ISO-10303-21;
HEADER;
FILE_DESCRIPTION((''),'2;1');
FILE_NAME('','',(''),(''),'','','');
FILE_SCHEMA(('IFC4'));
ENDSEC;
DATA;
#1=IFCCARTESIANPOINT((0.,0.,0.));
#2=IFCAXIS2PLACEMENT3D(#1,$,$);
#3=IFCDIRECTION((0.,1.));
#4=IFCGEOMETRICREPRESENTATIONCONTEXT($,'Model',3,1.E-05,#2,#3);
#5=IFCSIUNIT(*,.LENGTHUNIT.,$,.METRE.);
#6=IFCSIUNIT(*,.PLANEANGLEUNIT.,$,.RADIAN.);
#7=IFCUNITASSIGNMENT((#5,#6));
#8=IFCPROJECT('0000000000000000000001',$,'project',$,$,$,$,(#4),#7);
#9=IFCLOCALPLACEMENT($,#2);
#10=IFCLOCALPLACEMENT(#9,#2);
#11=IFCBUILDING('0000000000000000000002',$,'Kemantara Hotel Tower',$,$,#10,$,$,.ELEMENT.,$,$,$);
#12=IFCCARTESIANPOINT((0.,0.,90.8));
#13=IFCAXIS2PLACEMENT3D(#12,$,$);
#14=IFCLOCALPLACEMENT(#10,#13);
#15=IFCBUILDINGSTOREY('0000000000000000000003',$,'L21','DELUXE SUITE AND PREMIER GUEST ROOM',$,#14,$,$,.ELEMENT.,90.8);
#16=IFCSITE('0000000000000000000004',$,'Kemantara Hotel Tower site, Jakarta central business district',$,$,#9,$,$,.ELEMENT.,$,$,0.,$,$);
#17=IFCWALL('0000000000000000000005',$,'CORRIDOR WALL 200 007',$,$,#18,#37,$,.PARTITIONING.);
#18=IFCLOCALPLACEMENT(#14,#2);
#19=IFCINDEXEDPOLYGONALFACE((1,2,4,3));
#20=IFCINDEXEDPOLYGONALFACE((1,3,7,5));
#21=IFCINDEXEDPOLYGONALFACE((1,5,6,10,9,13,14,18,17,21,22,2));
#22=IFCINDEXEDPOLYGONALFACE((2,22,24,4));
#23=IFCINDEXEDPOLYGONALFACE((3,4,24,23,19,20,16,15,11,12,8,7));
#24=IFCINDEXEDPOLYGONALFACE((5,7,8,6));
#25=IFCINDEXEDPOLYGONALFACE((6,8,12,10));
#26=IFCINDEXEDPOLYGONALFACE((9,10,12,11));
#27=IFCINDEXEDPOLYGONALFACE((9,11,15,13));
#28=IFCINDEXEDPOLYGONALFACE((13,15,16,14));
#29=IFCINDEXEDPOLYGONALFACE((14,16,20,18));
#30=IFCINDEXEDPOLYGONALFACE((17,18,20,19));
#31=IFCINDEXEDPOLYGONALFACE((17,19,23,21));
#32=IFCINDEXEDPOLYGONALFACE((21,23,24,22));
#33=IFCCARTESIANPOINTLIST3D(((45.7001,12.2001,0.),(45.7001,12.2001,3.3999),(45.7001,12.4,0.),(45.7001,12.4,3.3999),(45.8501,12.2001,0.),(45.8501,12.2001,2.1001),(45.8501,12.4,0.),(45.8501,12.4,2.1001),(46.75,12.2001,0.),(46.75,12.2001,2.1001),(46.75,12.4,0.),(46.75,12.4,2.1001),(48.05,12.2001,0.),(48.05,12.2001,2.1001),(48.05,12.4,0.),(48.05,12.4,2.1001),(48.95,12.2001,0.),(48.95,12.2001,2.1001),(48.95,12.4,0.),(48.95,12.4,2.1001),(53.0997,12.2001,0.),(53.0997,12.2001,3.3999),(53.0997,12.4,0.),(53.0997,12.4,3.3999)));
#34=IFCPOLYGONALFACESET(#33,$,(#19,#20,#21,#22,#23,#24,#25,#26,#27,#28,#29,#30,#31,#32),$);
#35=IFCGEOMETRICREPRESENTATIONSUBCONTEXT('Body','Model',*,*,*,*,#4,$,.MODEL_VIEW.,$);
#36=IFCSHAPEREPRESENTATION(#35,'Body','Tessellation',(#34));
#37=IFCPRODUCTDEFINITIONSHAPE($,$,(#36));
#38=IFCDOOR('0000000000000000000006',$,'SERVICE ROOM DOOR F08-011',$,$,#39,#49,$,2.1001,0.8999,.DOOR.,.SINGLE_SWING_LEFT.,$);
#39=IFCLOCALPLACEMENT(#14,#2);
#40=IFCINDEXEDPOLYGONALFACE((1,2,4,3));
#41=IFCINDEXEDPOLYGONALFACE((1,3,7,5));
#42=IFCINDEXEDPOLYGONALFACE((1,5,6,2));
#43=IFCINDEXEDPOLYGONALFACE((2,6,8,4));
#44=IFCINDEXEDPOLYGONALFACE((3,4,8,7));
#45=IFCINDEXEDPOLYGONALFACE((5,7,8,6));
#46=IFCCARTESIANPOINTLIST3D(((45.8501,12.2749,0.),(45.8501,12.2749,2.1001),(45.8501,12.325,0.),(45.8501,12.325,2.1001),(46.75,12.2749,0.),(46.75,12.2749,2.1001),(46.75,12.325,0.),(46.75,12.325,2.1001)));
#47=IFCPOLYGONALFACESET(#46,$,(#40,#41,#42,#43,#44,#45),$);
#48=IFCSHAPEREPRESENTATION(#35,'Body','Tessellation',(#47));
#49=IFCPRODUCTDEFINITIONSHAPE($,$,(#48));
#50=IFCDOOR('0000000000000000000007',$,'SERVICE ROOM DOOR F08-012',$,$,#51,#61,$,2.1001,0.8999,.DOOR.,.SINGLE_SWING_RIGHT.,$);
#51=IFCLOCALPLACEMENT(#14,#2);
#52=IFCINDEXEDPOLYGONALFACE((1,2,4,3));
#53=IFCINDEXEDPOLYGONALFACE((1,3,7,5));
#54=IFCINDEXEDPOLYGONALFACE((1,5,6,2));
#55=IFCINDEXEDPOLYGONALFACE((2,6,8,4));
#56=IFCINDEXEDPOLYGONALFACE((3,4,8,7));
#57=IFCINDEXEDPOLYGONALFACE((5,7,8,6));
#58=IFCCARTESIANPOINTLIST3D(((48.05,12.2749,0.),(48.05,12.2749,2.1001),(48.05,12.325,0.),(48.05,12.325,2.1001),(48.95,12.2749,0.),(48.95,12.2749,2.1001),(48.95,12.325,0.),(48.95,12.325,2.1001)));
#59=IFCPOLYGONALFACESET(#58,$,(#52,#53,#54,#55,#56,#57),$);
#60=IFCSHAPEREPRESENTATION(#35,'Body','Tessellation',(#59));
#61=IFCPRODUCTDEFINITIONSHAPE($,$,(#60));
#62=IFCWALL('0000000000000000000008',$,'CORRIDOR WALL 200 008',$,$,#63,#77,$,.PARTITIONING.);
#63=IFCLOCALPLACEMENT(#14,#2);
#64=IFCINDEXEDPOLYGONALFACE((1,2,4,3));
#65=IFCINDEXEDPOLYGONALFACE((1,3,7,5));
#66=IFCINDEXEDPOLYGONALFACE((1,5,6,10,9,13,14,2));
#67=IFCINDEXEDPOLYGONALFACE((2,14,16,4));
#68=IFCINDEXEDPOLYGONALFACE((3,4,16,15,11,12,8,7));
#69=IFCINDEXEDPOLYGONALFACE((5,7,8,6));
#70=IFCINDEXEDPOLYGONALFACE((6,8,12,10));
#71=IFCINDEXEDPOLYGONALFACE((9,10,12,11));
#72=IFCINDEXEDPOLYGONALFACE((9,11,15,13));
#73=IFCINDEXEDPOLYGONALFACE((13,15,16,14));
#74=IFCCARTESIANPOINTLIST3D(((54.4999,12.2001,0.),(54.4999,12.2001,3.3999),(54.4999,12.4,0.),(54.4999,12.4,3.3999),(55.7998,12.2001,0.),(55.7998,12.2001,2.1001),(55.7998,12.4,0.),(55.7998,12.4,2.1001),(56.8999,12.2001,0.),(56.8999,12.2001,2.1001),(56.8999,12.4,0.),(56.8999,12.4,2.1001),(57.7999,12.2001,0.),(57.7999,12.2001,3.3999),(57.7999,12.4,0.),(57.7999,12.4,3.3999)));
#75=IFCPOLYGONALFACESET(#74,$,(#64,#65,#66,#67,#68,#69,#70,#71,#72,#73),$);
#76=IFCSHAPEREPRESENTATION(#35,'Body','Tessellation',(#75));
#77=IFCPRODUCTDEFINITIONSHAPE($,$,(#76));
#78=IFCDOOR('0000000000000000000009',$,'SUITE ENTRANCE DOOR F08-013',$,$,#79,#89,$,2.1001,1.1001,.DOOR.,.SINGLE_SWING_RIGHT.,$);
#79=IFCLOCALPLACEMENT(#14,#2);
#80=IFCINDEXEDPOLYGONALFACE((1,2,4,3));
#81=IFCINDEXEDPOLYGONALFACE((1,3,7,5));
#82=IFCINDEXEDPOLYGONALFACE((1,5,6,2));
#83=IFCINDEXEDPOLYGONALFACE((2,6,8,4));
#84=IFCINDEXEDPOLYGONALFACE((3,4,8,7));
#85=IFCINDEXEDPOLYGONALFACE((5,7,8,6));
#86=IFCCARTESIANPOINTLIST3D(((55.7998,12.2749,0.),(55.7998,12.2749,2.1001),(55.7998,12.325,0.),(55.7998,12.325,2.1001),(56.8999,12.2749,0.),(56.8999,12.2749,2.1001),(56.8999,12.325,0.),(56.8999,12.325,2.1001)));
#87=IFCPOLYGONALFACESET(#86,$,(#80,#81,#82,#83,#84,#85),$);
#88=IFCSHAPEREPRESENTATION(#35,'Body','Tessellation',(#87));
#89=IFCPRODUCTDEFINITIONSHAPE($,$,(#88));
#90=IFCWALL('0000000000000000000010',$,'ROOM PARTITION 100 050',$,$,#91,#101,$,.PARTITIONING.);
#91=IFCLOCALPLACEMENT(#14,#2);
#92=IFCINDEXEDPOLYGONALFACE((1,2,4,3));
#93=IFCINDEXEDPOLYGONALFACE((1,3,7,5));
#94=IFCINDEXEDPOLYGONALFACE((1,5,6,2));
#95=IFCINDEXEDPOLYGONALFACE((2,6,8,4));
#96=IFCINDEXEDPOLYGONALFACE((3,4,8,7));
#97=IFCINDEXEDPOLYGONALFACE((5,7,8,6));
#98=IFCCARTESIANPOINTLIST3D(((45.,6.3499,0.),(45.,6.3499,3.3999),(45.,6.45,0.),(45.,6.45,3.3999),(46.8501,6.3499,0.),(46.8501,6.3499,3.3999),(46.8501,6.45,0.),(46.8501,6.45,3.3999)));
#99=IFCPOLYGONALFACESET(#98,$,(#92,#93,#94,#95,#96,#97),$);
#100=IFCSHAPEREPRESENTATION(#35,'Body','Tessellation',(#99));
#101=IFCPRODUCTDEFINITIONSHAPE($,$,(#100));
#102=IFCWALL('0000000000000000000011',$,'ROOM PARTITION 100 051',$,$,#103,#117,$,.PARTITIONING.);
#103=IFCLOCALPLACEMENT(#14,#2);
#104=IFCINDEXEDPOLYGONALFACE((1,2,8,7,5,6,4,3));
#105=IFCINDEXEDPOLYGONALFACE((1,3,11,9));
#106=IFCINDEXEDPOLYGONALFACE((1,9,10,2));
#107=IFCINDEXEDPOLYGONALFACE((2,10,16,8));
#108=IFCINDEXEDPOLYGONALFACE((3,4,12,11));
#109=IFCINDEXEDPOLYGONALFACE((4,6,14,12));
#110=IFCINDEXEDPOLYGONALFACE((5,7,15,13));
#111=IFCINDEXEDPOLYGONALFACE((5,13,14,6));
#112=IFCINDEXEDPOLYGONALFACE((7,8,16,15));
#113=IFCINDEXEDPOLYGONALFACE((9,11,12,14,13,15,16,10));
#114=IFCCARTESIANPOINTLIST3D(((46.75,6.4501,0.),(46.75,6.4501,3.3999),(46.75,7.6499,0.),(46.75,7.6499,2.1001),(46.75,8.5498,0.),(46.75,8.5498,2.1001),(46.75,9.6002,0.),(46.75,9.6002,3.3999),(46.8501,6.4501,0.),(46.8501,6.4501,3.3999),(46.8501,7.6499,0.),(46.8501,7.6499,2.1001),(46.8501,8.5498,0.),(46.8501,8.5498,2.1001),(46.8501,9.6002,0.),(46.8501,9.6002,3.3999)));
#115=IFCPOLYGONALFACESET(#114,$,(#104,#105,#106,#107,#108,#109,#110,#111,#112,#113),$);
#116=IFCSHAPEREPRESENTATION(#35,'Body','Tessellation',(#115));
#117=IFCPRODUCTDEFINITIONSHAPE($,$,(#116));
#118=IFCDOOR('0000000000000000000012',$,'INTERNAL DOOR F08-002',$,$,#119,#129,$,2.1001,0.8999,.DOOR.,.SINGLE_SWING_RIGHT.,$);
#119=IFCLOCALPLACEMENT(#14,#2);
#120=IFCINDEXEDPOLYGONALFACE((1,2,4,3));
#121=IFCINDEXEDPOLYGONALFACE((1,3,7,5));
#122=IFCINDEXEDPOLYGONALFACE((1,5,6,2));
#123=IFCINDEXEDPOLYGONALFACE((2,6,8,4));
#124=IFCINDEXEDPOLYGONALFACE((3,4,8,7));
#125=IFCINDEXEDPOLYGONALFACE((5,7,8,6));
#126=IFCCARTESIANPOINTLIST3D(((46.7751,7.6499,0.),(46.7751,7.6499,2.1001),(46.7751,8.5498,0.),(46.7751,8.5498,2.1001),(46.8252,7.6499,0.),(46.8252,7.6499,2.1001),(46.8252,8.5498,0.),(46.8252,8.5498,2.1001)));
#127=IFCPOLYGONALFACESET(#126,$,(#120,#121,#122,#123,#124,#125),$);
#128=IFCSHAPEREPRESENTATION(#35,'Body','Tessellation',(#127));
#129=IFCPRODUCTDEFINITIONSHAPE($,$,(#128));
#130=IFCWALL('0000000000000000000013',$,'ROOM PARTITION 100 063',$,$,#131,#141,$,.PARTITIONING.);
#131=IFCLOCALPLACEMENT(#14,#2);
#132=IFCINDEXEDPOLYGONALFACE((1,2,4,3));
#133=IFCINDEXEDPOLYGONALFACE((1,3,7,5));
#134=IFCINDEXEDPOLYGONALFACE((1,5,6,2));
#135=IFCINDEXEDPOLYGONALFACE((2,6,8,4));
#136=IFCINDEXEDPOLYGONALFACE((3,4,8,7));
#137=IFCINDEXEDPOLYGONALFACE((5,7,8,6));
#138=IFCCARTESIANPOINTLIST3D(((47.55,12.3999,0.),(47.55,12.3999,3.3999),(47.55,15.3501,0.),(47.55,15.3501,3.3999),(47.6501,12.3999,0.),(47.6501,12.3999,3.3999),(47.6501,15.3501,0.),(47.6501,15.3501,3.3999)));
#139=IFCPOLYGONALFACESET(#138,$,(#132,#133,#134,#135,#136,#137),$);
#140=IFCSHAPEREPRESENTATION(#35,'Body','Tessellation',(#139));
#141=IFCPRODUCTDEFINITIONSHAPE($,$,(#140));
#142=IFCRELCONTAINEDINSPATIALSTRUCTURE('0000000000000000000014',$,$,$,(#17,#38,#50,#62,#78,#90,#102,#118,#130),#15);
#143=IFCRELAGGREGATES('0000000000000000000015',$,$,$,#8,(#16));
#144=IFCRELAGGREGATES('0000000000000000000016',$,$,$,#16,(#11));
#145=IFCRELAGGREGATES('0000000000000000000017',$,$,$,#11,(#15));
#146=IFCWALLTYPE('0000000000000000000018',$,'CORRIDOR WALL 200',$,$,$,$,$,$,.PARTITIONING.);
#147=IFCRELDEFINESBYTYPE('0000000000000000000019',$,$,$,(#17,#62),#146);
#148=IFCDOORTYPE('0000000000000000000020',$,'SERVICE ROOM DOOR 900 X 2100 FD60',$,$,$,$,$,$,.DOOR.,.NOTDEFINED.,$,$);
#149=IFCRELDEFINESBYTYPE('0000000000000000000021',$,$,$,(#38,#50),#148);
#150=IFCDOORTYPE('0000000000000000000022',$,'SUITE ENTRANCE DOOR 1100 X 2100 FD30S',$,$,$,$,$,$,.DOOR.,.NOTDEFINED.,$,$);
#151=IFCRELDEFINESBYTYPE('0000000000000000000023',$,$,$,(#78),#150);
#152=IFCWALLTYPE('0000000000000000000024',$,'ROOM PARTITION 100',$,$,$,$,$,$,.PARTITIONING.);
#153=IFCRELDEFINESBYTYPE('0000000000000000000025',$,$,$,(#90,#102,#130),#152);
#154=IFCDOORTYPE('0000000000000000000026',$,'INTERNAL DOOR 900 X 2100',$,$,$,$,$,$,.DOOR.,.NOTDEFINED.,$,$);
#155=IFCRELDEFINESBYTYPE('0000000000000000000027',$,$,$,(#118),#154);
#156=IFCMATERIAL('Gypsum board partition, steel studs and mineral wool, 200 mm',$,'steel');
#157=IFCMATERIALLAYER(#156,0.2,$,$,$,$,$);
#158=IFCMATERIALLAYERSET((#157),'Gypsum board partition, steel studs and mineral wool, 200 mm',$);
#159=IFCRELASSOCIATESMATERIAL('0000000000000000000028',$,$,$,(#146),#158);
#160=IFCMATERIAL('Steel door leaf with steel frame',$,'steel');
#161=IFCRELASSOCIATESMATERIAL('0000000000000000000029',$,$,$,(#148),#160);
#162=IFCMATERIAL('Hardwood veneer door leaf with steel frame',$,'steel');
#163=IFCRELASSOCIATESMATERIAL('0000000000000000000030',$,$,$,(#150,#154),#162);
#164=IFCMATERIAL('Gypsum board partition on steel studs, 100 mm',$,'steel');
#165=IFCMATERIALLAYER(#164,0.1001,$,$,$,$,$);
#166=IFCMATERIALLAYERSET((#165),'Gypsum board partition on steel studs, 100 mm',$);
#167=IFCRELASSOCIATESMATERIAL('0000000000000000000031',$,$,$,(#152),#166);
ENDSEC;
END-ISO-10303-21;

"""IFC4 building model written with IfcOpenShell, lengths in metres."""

from ifc_helpers import new_model, si_unit, direction, frame, frame_2d, origin, place, context, subcontext, project, spatial, rectangle, extrude, material, layer, layer_set, type_object, element, fill, save


model = new_model("IFC4")

# Units and contexts
model_context = context("Model", 3, precision=1e-05, world=origin(), true_north=direction((0.0, 1.0)))
body_context = subcontext(model_context, "Body", "Model", "MODEL_VIEW")
ifc_project = project(units=[si_unit("LENGTHUNIT", "METRE"), si_unit("PLANEANGLEUNIT", "RADIAN")], contexts=[model_context])

# Site, building, storey
site_placement = place(None, origin())
site = spatial("IfcSite", under=ifc_project, at=site_placement, Name="Kemantara Hotel Tower site, Jakarta central business district", CompositionType="ELEMENT", RefElevation=0.0)
building_placement = place(site_placement, origin())
building = spatial("IfcBuilding", under=site, at=building_placement, Name="Kemantara Hotel Tower", CompositionType="ELEMENT")
storey_placement = place(building_placement, frame((0.0, 0.0, 90.8)))
storey = spatial("IfcBuildingStorey", under=building, at=storey_placement, Name="L21", Description="DELUXE SUITE AND PREMIER GUEST ROOM", CompositionType="ELEMENT", Elevation=90.8)

# Shared definitions
ifc_material_1 = material(Name="Gypsum board partition, steel studs and mineral wool, 200 mm", Category="steel")
ifc_layer_1 = layer(ifc_material_1, 0.2)
ifc_layer_set_1 = layer_set([ifc_layer_1], Name="Gypsum board partition, steel studs and mineral wool, 200 mm")
wall_type_1 = type_object("IfcWallType", Name="CORRIDOR WALL 200", PredefinedType="PARTITIONING", material=ifc_layer_set_1)

# Wall, openings, doors
wall_1_placement = place(storey_placement, frame((45.7002, 12.3, 0.0), z_axis=(0.0, 0.0, 1.0), x_axis=(1.0, 0.0, 0.0)))
wall_1 = element("IfcWall", 1, at=wall_1_placement, inside=storey, type_object=wall_type_1, Name="CORRIDOR WALL 200 007", PredefinedType="PARTITIONING", context=body_context, shape_type="SweptSolid", body=[
    extrude(rectangle(XDim=7.3997, YDim=0.2, at=frame_2d((3.6997, 0.0))), origin(), (0.0, 0.0, 1.0), 3.3999),
])
opening_1_placement = place(wall_1_placement, frame((0.1499, 0.0, 0.0)))
opening_1 = element("IfcOpeningElement", 2, at=opening_1_placement, cuts=wall_1, PredefinedType="OPENING", context=body_context, shape_type="SweptSolid", body=[
    extrude(rectangle(XDim=0.8999, YDim=2.1001, at=frame_2d((0.45, 1.05))), frame((0.0, 0.1099, 0.0), z_axis=(0.0, -1.0, 0.0), x_axis=(1.0, 0.0, 0.0)), (0.0, 0.0, 1.0), 0.22),
])
opening_2_placement = place(wall_1_placement, frame((2.3499, 0.0, 0.0)))
opening_2 = element("IfcOpeningElement", 3, at=opening_2_placement, cuts=wall_1, PredefinedType="OPENING", context=body_context, shape_type="SweptSolid", body=[
    extrude(rectangle(XDim=0.8999, YDim=2.1001, at=frame_2d((0.45, 1.05))), frame((0.0, 0.1099, 0.0), z_axis=(0.0, -1.0, 0.0), x_axis=(1.0, 0.0, 0.0)), (0.0, 0.0, 1.0), 0.22),
])
ifc_material_2 = material(Name="Steel door leaf with steel frame", Category="steel")
door_type_1 = type_object("IfcDoorType", Name="SERVICE ROOM DOOR 900 X 2100 FD60", OperationType="NOTDEFINED", PredefinedType="DOOR", material=ifc_material_2)
door_1_placement = place(opening_1_placement, origin())
door_1 = element("IfcDoor", 4, at=door_1_placement, inside=storey, type_object=door_type_1, Name="SERVICE ROOM DOOR F08-011", OperationType="SINGLE_SWING_LEFT", OverallHeight=2.1001, OverallWidth=0.8999, PredefinedType="DOOR", context=body_context, shape_type="SweptSolid", body=[
    extrude(rectangle(XDim=0.8999, YDim=2.1001, at=frame_2d((0.45, 1.05))), frame((0.0, 0.0249, 0.0), z_axis=(0.0, -1.0, 0.0), x_axis=(1.0, 0.0, 0.0)), (0.0, 0.0, 1.0), 0.05),
])
fill(opening_1, door_1)
door_2_placement = place(opening_2_placement, origin())
door_2 = element("IfcDoor", 5, at=door_2_placement, inside=storey, type_object=door_type_1, Name="SERVICE ROOM DOOR F08-012", OperationType="SINGLE_SWING_RIGHT", OverallHeight=2.1001, OverallWidth=0.8999, PredefinedType="DOOR", context=body_context, shape_type="SweptSolid", body=[
    extrude(rectangle(XDim=0.8999, YDim=2.1001, at=frame_2d((0.45, 1.05))), frame((0.0, 0.0249, 0.0), z_axis=(0.0, -1.0, 0.0), x_axis=(1.0, 0.0, 0.0)), (0.0, 0.0, 1.0), 0.05),
])
fill(opening_2, door_2)

# Wall, opening, door
wall_2_placement = place(storey_placement, frame((54.5, 12.3, 0.0), z_axis=(0.0, 0.0, 1.0), x_axis=(1.0, 0.0, 0.0)))
wall_2 = element("IfcWall", 6, at=wall_2_placement, inside=storey, type_object=wall_type_1, Name="CORRIDOR WALL 200 008", PredefinedType="PARTITIONING", context=body_context, shape_type="SweptSolid", body=[
    extrude(rectangle(XDim=3.3, YDim=0.2, at=frame_2d((1.6499, 0.0))), origin(), (0.0, 0.0, 1.0), 3.3999),
])
opening_3_placement = place(wall_2_placement, frame((1.2998, 0.0, 0.0)))
opening_3 = element("IfcOpeningElement", 7, at=opening_3_placement, cuts=wall_2, PredefinedType="OPENING", context=body_context, shape_type="SweptSolid", body=[
    extrude(rectangle(XDim=1.1001, YDim=2.1001, at=frame_2d((0.55, 1.05))), frame((0.0, 0.1099, 0.0), z_axis=(0.0, -1.0, 0.0), x_axis=(1.0, 0.0, 0.0)), (0.0, 0.0, 1.0), 0.22),
])
ifc_material_3 = material(Name="Hardwood veneer door leaf with steel frame", Category="steel")
door_type_2 = type_object("IfcDoorType", Name="SUITE ENTRANCE DOOR 1100 X 2100 FD30S", OperationType="NOTDEFINED", PredefinedType="DOOR", material=ifc_material_3)
door_3_placement = place(opening_3_placement, origin())
door_3 = element("IfcDoor", 8, at=door_3_placement, inside=storey, type_object=door_type_2, Name="SUITE ENTRANCE DOOR F08-013", OperationType="SINGLE_SWING_RIGHT", OverallHeight=2.1001, OverallWidth=1.1001, PredefinedType="DOOR", context=body_context, shape_type="SweptSolid", body=[
    extrude(rectangle(XDim=1.1001, YDim=2.1001, at=frame_2d((0.55, 1.05))), frame((0.0, 0.0249, 0.0), z_axis=(0.0, -1.0, 0.0), x_axis=(1.0, 0.0, 0.0)), (0.0, 0.0, 1.0), 0.05),
])
fill(opening_3, door_3)

# Wall
ifc_material_4 = material(Name="Gypsum board partition on steel studs, 100 mm", Category="steel")
ifc_layer_2 = layer(ifc_material_4, 0.1001)
ifc_layer_set_2 = layer_set([ifc_layer_2], Name="Gypsum board partition on steel studs, 100 mm")
wall_type_2 = type_object("IfcWallType", Name="ROOM PARTITION 100", PredefinedType="PARTITIONING", material=ifc_layer_set_2)
wall_3_placement = place(storey_placement, frame((45.0, 6.3999, 0.0), z_axis=(0.0, 0.0, 1.0), x_axis=(1.0, 0.0, 0.0)))
element("IfcWall", 9, at=wall_3_placement, inside=storey, type_object=wall_type_2, Name="ROOM PARTITION 100 050", PredefinedType="PARTITIONING", context=body_context, shape_type="SweptSolid", body=[
    extrude(rectangle(XDim=1.8501, YDim=0.1001, at=frame_2d((0.925, 0.0))), origin(), (0.0, 0.0, 1.0), 3.3999),
])

# Wall, opening, door
wall_4_placement = place(storey_placement, frame((46.8, 6.45, 0.0), z_axis=(0.0, 0.0, 1.0), x_axis=(0.0, 1.0, 0.0)))
wall_4 = element("IfcWall", 10, at=wall_4_placement, inside=storey, type_object=wall_type_2, Name="ROOM PARTITION 100 051", PredefinedType="PARTITIONING", context=body_context, shape_type="SweptSolid", body=[
    extrude(rectangle(XDim=3.1501, YDim=0.1001, at=frame_2d((1.5752, 0.0))), origin(), (0.0, 0.0, 1.0), 3.3999),
])
opening_4_placement = place(wall_4_placement, frame((1.2, 0.0, 0.0)))
opening_4 = element("IfcOpeningElement", 11, at=opening_4_placement, cuts=wall_4, PredefinedType="OPENING", context=body_context, shape_type="SweptSolid", body=[
    extrude(rectangle(XDim=0.8999, YDim=2.1001, at=frame_2d((0.45, 1.05))), frame((0.0, 0.0601, 0.0), z_axis=(0.0, -1.0, 0.0), x_axis=(1.0, 0.0, 0.0)), (0.0, 0.0, 1.0), 0.1201),
])
door_type_3 = type_object("IfcDoorType", Name="INTERNAL DOOR 900 X 2100", OperationType="NOTDEFINED", PredefinedType="DOOR", material=ifc_material_3)
door_4_placement = place(opening_4_placement, origin())
door_4 = element("IfcDoor", 12, at=door_4_placement, inside=storey, type_object=door_type_3, Name="INTERNAL DOOR F08-002", OperationType="SINGLE_SWING_RIGHT", OverallHeight=2.1001, OverallWidth=0.8999, PredefinedType="DOOR", context=body_context, shape_type="SweptSolid", body=[
    extrude(rectangle(XDim=0.8999, YDim=2.1001, at=frame_2d((0.45, 1.05))), frame((0.0, 0.0249, 0.0), z_axis=(0.0, -1.0, 0.0), x_axis=(1.0, 0.0, 0.0)), (0.0, 0.0, 1.0), 0.05),
])
fill(opening_4, door_4)

# Wall
wall_5_placement = place(storey_placement, frame((47.6001, 12.3999, 0.0), z_axis=(0.0, 0.0, 1.0), x_axis=(0.0, 1.0, 0.0)))
element("IfcWall", 13, at=wall_5_placement, inside=storey, type_object=wall_type_2, Name="ROOM PARTITION 100 063", PredefinedType="PARTITIONING", context=body_context, shape_type="SweptSolid", body=[
    extrude(rectangle(XDim=2.9502, YDim=0.1001, at=frame_2d((1.4751, 0.0))), origin(), (0.0, 0.0, 1.0), 3.3999),
])

save(model, "model.ifc")
